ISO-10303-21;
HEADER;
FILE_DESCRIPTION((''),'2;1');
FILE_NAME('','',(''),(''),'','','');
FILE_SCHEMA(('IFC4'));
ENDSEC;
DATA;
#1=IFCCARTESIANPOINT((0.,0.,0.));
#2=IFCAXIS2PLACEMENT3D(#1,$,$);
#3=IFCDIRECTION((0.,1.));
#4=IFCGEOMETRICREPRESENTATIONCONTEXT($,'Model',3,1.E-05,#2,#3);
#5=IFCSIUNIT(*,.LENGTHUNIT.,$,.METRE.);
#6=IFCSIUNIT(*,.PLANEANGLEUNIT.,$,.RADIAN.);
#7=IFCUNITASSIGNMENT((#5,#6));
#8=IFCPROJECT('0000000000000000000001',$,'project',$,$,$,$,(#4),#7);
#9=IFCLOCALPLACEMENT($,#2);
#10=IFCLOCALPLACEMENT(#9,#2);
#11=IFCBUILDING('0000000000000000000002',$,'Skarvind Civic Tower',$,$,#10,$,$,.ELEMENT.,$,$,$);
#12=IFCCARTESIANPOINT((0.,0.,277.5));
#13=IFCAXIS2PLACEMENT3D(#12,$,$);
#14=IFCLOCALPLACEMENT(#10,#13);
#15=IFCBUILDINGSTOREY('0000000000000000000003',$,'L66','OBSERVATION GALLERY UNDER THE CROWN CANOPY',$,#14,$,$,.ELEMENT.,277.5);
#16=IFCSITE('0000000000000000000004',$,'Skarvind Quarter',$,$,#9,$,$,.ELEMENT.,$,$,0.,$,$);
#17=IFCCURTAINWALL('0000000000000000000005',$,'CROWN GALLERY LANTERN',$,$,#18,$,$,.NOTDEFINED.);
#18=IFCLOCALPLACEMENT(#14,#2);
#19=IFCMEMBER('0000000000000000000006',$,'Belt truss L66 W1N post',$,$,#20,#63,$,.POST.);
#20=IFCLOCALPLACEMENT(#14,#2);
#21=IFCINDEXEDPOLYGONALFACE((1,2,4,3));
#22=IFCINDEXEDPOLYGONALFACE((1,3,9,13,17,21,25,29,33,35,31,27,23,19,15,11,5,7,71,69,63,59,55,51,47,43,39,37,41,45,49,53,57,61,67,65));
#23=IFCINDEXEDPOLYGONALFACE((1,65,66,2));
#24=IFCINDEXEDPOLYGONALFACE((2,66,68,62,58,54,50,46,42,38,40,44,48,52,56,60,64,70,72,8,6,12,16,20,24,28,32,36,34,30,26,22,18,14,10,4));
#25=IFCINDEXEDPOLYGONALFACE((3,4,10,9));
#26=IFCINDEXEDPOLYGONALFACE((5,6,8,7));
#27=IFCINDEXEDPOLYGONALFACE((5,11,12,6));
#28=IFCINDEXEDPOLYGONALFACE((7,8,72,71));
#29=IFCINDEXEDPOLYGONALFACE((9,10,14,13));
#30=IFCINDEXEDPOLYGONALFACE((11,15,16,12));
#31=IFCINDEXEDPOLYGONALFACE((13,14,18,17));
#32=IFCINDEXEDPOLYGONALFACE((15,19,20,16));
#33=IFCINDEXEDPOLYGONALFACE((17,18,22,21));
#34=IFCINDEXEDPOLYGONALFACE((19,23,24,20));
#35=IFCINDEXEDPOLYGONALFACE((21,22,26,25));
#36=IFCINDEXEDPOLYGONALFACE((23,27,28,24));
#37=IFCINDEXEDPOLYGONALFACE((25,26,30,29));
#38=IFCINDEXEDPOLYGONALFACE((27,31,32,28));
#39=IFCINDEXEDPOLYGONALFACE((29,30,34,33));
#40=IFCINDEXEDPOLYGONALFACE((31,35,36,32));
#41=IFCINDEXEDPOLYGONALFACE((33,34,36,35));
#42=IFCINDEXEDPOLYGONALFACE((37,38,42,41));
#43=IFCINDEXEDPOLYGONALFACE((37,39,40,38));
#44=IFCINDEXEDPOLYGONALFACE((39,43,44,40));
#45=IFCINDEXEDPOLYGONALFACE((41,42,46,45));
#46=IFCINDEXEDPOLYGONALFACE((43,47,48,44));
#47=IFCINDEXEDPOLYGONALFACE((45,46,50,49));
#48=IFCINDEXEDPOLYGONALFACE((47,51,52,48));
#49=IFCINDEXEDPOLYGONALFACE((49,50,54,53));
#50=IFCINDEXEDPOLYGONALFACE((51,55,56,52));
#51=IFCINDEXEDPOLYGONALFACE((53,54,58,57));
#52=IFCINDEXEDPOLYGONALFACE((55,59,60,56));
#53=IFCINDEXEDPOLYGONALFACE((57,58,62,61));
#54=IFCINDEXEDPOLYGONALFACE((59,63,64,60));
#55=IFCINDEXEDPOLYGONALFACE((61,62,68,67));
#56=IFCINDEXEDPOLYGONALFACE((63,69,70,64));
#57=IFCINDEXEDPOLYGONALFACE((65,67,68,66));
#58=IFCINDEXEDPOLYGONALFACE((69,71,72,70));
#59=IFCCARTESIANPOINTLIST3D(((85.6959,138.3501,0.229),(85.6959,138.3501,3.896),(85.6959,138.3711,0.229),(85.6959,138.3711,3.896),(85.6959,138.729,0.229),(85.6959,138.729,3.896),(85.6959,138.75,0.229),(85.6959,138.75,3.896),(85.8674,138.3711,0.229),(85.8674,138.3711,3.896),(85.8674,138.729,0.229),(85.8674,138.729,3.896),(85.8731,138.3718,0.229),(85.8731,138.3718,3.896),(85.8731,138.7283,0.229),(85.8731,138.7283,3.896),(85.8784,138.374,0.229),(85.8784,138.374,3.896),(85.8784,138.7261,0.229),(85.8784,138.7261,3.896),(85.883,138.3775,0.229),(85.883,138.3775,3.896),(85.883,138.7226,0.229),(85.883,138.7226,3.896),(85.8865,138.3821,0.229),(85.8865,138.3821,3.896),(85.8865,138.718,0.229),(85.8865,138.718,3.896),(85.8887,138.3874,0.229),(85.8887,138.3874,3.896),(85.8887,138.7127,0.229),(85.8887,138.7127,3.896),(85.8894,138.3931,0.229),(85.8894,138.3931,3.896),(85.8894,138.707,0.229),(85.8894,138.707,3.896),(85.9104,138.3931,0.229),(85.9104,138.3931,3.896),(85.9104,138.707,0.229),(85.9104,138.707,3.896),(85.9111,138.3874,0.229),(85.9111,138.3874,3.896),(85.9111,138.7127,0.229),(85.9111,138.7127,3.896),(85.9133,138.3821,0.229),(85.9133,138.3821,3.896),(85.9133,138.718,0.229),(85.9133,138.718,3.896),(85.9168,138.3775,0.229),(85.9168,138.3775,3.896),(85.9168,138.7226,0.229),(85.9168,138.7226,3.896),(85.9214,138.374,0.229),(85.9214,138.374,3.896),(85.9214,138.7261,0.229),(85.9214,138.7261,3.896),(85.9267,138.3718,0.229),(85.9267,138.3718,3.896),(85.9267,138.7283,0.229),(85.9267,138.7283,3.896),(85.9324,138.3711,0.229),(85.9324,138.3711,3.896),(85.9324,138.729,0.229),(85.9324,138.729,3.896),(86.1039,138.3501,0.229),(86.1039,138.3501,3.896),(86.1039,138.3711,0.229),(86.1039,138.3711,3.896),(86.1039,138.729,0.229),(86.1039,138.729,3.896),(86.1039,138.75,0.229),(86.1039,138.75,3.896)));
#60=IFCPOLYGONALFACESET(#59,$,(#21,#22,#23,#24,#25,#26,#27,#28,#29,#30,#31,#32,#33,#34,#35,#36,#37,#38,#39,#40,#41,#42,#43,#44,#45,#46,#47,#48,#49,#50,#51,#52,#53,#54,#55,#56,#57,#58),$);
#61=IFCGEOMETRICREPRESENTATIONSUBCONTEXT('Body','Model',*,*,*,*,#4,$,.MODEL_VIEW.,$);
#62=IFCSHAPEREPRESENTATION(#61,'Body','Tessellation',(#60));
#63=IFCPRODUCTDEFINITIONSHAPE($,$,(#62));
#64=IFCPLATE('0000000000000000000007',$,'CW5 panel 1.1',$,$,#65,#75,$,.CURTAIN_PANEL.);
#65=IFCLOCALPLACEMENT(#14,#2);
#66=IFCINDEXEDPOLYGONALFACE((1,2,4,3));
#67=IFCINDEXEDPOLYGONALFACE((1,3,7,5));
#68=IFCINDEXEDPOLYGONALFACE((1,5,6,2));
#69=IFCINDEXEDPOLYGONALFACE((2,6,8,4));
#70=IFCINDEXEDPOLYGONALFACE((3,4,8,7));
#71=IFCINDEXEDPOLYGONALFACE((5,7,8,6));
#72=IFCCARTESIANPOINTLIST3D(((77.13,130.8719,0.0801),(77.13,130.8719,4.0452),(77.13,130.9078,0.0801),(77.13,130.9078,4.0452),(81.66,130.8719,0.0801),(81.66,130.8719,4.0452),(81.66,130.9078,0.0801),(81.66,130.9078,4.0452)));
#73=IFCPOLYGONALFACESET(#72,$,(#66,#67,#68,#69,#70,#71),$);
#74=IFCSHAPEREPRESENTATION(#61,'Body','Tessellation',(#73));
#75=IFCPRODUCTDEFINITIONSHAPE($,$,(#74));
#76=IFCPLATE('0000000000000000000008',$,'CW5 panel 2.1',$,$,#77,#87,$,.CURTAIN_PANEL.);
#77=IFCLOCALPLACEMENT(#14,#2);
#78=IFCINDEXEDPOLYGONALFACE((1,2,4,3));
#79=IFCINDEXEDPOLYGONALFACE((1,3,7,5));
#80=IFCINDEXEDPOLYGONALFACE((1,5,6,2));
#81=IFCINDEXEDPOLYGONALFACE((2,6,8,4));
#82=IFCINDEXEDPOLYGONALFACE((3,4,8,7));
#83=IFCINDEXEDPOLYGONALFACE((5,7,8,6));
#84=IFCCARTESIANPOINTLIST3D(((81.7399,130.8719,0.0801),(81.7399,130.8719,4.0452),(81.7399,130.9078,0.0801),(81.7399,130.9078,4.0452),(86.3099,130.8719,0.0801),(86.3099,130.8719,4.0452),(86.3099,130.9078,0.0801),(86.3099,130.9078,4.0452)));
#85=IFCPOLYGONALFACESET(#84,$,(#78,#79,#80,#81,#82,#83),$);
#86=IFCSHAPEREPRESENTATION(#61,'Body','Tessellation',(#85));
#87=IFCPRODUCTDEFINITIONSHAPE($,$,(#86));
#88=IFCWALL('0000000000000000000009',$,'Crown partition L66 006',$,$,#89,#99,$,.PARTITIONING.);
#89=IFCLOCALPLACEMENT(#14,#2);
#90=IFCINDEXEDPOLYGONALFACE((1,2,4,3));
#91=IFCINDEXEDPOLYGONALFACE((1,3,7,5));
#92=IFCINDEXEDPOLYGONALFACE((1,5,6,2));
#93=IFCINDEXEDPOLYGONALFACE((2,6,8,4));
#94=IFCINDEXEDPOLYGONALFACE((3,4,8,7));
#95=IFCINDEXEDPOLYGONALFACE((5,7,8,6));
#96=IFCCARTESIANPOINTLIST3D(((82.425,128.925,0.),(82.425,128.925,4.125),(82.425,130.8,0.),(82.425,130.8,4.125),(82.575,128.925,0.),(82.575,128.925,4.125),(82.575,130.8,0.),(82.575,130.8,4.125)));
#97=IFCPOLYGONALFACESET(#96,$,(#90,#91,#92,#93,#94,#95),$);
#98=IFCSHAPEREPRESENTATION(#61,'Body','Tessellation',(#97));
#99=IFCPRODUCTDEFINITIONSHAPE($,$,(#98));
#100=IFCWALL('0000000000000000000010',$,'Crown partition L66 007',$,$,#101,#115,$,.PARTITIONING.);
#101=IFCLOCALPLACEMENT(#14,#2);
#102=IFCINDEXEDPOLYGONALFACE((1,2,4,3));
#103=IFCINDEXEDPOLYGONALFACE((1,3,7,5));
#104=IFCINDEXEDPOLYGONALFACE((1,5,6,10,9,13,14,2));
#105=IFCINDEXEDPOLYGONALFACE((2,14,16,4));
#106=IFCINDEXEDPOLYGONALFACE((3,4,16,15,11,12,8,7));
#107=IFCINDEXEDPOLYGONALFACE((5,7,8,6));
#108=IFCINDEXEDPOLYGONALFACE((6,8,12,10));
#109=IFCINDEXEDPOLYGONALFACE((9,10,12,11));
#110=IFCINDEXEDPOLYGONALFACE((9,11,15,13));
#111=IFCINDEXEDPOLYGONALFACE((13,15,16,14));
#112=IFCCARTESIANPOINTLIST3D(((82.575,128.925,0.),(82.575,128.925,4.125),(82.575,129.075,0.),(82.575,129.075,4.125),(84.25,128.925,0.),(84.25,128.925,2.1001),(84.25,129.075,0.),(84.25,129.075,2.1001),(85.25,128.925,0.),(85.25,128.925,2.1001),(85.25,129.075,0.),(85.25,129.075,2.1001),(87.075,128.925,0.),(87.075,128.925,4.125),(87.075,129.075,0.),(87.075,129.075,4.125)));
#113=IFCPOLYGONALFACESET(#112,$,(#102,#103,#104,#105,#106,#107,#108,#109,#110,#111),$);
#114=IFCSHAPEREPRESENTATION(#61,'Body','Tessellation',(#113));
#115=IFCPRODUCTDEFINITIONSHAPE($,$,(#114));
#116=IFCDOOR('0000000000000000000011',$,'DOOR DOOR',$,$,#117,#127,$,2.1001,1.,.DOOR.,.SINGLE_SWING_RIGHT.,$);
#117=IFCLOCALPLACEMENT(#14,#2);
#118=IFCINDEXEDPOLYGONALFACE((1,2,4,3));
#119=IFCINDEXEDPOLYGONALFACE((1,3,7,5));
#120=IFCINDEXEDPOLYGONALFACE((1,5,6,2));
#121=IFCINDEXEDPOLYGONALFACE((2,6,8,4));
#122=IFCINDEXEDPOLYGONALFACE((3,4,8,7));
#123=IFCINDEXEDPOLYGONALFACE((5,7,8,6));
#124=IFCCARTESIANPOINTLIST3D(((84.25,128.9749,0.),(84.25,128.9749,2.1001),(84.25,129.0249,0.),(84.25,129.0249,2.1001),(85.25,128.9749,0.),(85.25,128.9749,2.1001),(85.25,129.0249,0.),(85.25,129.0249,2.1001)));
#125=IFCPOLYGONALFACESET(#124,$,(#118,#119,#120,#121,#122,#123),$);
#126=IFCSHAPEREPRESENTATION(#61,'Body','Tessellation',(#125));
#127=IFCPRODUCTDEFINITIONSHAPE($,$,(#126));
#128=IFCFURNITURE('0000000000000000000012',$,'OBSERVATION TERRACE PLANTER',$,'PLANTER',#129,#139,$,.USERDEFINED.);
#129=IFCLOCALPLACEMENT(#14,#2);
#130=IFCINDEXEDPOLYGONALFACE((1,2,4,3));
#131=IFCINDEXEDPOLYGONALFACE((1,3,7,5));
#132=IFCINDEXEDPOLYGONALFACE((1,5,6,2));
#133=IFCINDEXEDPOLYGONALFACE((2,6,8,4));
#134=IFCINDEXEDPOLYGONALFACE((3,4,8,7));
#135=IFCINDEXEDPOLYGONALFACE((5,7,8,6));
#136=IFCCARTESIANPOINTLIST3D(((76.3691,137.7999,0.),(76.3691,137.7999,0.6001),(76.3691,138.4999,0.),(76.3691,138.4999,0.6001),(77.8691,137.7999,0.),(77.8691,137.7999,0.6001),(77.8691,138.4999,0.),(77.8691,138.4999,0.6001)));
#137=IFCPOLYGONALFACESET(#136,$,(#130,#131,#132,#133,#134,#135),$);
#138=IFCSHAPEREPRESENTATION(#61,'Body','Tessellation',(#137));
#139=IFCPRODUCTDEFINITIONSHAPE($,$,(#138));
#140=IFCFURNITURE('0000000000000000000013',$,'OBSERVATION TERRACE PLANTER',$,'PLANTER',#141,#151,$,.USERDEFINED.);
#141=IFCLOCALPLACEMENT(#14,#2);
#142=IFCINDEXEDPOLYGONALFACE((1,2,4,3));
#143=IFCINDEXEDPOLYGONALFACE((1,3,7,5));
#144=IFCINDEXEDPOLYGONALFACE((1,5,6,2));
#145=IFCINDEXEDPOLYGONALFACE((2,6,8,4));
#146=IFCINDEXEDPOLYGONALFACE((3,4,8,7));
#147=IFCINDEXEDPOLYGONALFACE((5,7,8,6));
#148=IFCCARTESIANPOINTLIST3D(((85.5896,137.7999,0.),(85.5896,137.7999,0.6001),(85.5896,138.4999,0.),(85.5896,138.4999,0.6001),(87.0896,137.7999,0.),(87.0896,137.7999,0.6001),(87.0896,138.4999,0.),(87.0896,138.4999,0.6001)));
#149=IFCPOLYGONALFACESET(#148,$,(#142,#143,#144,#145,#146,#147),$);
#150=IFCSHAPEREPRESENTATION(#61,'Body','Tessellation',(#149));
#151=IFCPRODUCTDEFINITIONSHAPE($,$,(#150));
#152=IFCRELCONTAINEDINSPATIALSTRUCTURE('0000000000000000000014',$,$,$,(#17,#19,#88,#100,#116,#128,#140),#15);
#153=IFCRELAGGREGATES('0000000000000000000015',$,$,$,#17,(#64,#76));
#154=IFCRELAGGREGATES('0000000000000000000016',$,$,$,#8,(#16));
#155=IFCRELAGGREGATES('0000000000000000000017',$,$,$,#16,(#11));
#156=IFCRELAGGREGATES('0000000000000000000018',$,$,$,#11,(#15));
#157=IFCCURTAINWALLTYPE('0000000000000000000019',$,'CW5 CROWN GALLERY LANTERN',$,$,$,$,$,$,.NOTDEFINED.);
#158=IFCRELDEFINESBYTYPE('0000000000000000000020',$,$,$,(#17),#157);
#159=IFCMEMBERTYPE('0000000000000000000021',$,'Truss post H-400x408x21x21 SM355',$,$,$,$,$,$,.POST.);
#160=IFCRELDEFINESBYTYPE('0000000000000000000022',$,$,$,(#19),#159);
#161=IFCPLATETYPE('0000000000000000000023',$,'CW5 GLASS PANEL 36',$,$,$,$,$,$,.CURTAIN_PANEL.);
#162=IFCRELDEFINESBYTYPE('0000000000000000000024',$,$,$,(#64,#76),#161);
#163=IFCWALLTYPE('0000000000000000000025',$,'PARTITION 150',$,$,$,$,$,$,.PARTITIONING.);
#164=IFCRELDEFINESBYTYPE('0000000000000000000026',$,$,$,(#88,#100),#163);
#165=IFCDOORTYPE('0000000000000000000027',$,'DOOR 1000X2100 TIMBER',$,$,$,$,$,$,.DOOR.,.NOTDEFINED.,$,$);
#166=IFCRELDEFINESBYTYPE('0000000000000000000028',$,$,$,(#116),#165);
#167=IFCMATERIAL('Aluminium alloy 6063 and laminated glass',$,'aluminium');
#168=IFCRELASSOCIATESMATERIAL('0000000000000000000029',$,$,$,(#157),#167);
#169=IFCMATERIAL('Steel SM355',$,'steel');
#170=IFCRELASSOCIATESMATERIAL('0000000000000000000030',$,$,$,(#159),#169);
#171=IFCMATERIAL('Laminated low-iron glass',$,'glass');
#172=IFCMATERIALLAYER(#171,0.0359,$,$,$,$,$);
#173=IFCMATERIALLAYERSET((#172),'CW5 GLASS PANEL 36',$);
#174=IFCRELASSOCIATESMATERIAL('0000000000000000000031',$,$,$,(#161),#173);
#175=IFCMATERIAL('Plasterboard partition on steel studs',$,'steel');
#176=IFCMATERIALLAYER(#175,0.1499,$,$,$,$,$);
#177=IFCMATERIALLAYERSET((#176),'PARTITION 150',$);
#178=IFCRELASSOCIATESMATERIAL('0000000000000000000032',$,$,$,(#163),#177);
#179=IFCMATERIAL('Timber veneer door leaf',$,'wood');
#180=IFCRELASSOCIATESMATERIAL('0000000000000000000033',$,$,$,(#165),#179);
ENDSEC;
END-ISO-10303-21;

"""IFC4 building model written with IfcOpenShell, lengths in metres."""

from ifc_helpers import new_model, si_unit, direction, frame, frame_2d, origin, origin_2d, place, context, subcontext, project, spatial, rectangle, i_section, extrude, material, layer, layer_set, material_profile, profile_set, type_object, element, fill, aggregate, save


model = new_model("IFC4")

# Units and contexts
model_context = context("Model", 3, precision=1e-05, world=origin(), true_north=direction((0.0, 1.0)))
body_context = subcontext(model_context, "Body", "Model", "MODEL_VIEW")
ifc_project = project(units=[si_unit("LENGTHUNIT", "METRE"), si_unit("PLANEANGLEUNIT", "RADIAN")], contexts=[model_context])

# Site, building, storey
site_placement = place(None, origin())
site = spatial("IfcSite", under=ifc_project, at=site_placement, Name="Skarvind Quarter", CompositionType="ELEMENT", RefElevation=0.0)
building_placement = place(site_placement, origin())
building = spatial("IfcBuilding", under=site, at=building_placement, Name="Skarvind Civic Tower", CompositionType="ELEMENT")
storey_placement = place(building_placement, frame((0.0, 0.0, 277.5)))
storey = spatial("IfcBuildingStorey", under=building, at=storey_placement, Name="L66", Description="OBSERVATION GALLERY UNDER THE CROWN CANOPY", CompositionType="ELEMENT", Elevation=277.5)

# Curtain wall
ifc_material_1 = material(Name="Aluminium alloy 6063 and laminated glass", Category="aluminium")
curtain_wall_type = type_object("IfcCurtainWallType", Name="CW5 CROWN GALLERY LANTERN", PredefinedType="NOTDEFINED", material=ifc_material_1)
curtain_wall_placement = place(storey_placement, origin())
curtain_wall = element("IfcCurtainWall", 1, at=curtain_wall_placement, inside=storey, type_object=curtain_wall_type, Name="CROWN GALLERY LANTERN", PredefinedType="NOTDEFINED")

# Member
ifc_material_2 = material(Name="Steel SM355", Category="steel")
ifc_material_profile_1 = material_profile(ifc_material_2, i_section(OverallWidth=0.408, OverallDepth=0.3999, WebThickness=0.021, FlangeThickness=0.021, FilletRadius=0.022, at=origin_2d()), Name="H-400x408x21x21")
ifc_profile_set_1 = profile_set([ifc_material_profile_1], Name="Steel SM355")
member_type_1 = type_object("IfcMemberType", Name="Truss post H-400x408x21x21 SM355", PredefinedType="POST", material=ifc_profile_set_1)
for number, where, z_axis, x_axis, name in (
    (2, (85.8999, 138.55, 0.229), (0.0, 0.0, 1.0), (1.0, 0.0, 0.0), "Belt truss L66 W1N post"),
):
    element("IfcMember", number, at=place(storey_placement, frame(where, z_axis=z_axis, x_axis=x_axis)), inside=storey, type_object=member_type_1, Name=name, PredefinedType="POST", context=body_context, shape_type="SweptSolid", body=[
        extrude(i_section(OverallWidth=0.408, OverallDepth=0.3999, WebThickness=0.021, FlangeThickness=0.021, FilletRadius=0.022, at=origin_2d()), origin(), (0.0, 0.0, 1.0), 3.667),
    ])

# Plates
ifc_material_3 = material(Name="Laminated low-iron glass", Category="glass")
ifc_layer_1 = layer(ifc_material_3, 0.0359)
ifc_layer_set_1 = layer_set([ifc_layer_1], Name="CW5 GLASS PANEL 36")
plate_type = type_object("IfcPlateType", Name="CW5 GLASS PANEL 36", PredefinedType="CURTAIN_PANEL", material=ifc_layer_set_1)
plate_1_placement = place(storey_placement, frame((79.395, 130.8899, 0.0801), z_axis=(0.0, 0.0, 1.0), x_axis=(1.0, 0.0, 0.0)))
plate_1 = element("IfcPlate", 3, at=plate_1_placement, type_object=plate_type, Name="CW5 panel 1.1", PredefinedType="CURTAIN_PANEL", context=body_context, shape_type="SweptSolid", body=[
    extrude(rectangle(XDim=4.53, YDim=0.0359, at=origin_2d()), origin(), (0.0, 0.0, 1.0), 3.9651),
])
plate_2_placement = place(storey_placement, frame((84.0249, 130.8899, 0.0801), z_axis=(0.0, 0.0, 1.0), x_axis=(1.0, 0.0, 0.0)))
plate_2 = element("IfcPlate", 4, at=plate_2_placement, type_object=plate_type, Name="CW5 panel 2.1", PredefinedType="CURTAIN_PANEL", context=body_context, shape_type="SweptSolid", body=[
    extrude(rectangle(XDim=4.5701, YDim=0.0359, at=origin_2d()), origin(), (0.0, 0.0, 1.0), 3.9651),
])
aggregate(curtain_wall, [plate_1, plate_2])

# Wall
ifc_material_4 = material(Name="Plasterboard partition on steel studs", Category="steel")
ifc_layer_2 = layer(ifc_material_4, 0.1499)
ifc_layer_set_2 = layer_set([ifc_layer_2], Name="PARTITION 150")
wall_type = type_object("IfcWallType", Name="PARTITION 150", PredefinedType="PARTITIONING", material=ifc_layer_set_2)
wall_1_placement = place(storey_placement, frame((82.5, 128.925, 0.0), z_axis=(0.0, 0.0, 1.0), x_axis=(0.0, 1.0, 0.0)))
element("IfcWall", 5, at=wall_1_placement, inside=storey, type_object=wall_type, Name="Crown partition L66 006", PredefinedType="PARTITIONING", context=body_context, shape_type="SweptSolid", body=[
    extrude(rectangle(XDim=1.875, YDim=0.1499, at=frame_2d((0.9375, 0.0))), origin(), (0.0, 0.0, 1.0), 4.125),
])

# Wall, opening, door
wall_2_placement = place(storey_placement, frame((82.575, 129.0, 0.0), z_axis=(0.0, 0.0, 1.0), x_axis=(1.0, 0.0, 0.0)))
wall_2 = element("IfcWall", 6, at=wall_2_placement, inside=storey, type_object=wall_type, Name="Crown partition L66 007", PredefinedType="PARTITIONING", context=body_context, shape_type="SweptSolid", body=[
    extrude(rectangle(XDim=4.5, YDim=0.1499, at=frame_2d((2.25, 0.0))), origin(), (0.0, 0.0, 1.0), 4.125),
])
opening_placement = place(wall_2_placement, frame((1.675, 0.0, 0.0)))
opening = element("IfcOpeningElement", 7, at=opening_placement, cuts=wall_2, PredefinedType="OPENING", context=body_context, shape_type="SweptSolid", body=[
    extrude(rectangle(XDim=1.0, YDim=2.1001, at=frame_2d((0.5, 1.05))), frame((0.0, 0.085, 0.0), z_axis=(0.0, -1.0, 0.0), x_axis=(1.0, 0.0, 0.0)), (0.0, 0.0, 1.0), 0.1699),
])
ifc_material_5 = material(Name="Timber veneer door leaf", Category="wood")
door_type = type_object("IfcDoorType", Name="DOOR 1000X2100 TIMBER", OperationType="NOTDEFINED", PredefinedType="DOOR", material=ifc_material_5)
door_placement = place(opening_placement, origin())
door = element("IfcDoor", 8, at=door_placement, inside=storey, type_object=door_type, Name="DOOR DOOR", OperationType="SINGLE_SWING_RIGHT", OverallHeight=2.1001, OverallWidth=1.0, PredefinedType="DOOR", context=body_context, shape_type="SweptSolid", body=[
    extrude(rectangle(XDim=1.0, YDim=2.1001, at=frame_2d((0.5, 1.05))), frame((0.0, 0.0249, 0.0), z_axis=(0.0, -1.0, 0.0), x_axis=(1.0, 0.0, 0.0)), (0.0, 0.0, 1.0), 0.05),
])
fill(opening, door)

# Furniture
for number, where, z_axis, x_axis, name in (
    (9, (77.1191, 138.1499, 0.0), (0.0, 0.0, 1.0), (1.0, 0.0, 0.0), "OBSERVATION TERRACE PLANTER"),
    (10, (86.3396, 138.1499, 0.0), (0.0, 0.0, 1.0), (1.0, 0.0, 0.0), "OBSERVATION TERRACE PLANTER"),
):
    element("IfcFurniture", number, at=place(storey_placement, frame(where, z_axis=z_axis, x_axis=x_axis)), inside=storey, Name=name, ObjectType="PLANTER", PredefinedType="USERDEFINED", context=body_context, shape_type="SweptSolid", body=[
        extrude(rectangle(XDim=1.5, YDim=0.7, at=origin_2d()), origin(), (0.0, 0.0, 1.0), 0.6001),
    ])

save(model, "model.ifc")
